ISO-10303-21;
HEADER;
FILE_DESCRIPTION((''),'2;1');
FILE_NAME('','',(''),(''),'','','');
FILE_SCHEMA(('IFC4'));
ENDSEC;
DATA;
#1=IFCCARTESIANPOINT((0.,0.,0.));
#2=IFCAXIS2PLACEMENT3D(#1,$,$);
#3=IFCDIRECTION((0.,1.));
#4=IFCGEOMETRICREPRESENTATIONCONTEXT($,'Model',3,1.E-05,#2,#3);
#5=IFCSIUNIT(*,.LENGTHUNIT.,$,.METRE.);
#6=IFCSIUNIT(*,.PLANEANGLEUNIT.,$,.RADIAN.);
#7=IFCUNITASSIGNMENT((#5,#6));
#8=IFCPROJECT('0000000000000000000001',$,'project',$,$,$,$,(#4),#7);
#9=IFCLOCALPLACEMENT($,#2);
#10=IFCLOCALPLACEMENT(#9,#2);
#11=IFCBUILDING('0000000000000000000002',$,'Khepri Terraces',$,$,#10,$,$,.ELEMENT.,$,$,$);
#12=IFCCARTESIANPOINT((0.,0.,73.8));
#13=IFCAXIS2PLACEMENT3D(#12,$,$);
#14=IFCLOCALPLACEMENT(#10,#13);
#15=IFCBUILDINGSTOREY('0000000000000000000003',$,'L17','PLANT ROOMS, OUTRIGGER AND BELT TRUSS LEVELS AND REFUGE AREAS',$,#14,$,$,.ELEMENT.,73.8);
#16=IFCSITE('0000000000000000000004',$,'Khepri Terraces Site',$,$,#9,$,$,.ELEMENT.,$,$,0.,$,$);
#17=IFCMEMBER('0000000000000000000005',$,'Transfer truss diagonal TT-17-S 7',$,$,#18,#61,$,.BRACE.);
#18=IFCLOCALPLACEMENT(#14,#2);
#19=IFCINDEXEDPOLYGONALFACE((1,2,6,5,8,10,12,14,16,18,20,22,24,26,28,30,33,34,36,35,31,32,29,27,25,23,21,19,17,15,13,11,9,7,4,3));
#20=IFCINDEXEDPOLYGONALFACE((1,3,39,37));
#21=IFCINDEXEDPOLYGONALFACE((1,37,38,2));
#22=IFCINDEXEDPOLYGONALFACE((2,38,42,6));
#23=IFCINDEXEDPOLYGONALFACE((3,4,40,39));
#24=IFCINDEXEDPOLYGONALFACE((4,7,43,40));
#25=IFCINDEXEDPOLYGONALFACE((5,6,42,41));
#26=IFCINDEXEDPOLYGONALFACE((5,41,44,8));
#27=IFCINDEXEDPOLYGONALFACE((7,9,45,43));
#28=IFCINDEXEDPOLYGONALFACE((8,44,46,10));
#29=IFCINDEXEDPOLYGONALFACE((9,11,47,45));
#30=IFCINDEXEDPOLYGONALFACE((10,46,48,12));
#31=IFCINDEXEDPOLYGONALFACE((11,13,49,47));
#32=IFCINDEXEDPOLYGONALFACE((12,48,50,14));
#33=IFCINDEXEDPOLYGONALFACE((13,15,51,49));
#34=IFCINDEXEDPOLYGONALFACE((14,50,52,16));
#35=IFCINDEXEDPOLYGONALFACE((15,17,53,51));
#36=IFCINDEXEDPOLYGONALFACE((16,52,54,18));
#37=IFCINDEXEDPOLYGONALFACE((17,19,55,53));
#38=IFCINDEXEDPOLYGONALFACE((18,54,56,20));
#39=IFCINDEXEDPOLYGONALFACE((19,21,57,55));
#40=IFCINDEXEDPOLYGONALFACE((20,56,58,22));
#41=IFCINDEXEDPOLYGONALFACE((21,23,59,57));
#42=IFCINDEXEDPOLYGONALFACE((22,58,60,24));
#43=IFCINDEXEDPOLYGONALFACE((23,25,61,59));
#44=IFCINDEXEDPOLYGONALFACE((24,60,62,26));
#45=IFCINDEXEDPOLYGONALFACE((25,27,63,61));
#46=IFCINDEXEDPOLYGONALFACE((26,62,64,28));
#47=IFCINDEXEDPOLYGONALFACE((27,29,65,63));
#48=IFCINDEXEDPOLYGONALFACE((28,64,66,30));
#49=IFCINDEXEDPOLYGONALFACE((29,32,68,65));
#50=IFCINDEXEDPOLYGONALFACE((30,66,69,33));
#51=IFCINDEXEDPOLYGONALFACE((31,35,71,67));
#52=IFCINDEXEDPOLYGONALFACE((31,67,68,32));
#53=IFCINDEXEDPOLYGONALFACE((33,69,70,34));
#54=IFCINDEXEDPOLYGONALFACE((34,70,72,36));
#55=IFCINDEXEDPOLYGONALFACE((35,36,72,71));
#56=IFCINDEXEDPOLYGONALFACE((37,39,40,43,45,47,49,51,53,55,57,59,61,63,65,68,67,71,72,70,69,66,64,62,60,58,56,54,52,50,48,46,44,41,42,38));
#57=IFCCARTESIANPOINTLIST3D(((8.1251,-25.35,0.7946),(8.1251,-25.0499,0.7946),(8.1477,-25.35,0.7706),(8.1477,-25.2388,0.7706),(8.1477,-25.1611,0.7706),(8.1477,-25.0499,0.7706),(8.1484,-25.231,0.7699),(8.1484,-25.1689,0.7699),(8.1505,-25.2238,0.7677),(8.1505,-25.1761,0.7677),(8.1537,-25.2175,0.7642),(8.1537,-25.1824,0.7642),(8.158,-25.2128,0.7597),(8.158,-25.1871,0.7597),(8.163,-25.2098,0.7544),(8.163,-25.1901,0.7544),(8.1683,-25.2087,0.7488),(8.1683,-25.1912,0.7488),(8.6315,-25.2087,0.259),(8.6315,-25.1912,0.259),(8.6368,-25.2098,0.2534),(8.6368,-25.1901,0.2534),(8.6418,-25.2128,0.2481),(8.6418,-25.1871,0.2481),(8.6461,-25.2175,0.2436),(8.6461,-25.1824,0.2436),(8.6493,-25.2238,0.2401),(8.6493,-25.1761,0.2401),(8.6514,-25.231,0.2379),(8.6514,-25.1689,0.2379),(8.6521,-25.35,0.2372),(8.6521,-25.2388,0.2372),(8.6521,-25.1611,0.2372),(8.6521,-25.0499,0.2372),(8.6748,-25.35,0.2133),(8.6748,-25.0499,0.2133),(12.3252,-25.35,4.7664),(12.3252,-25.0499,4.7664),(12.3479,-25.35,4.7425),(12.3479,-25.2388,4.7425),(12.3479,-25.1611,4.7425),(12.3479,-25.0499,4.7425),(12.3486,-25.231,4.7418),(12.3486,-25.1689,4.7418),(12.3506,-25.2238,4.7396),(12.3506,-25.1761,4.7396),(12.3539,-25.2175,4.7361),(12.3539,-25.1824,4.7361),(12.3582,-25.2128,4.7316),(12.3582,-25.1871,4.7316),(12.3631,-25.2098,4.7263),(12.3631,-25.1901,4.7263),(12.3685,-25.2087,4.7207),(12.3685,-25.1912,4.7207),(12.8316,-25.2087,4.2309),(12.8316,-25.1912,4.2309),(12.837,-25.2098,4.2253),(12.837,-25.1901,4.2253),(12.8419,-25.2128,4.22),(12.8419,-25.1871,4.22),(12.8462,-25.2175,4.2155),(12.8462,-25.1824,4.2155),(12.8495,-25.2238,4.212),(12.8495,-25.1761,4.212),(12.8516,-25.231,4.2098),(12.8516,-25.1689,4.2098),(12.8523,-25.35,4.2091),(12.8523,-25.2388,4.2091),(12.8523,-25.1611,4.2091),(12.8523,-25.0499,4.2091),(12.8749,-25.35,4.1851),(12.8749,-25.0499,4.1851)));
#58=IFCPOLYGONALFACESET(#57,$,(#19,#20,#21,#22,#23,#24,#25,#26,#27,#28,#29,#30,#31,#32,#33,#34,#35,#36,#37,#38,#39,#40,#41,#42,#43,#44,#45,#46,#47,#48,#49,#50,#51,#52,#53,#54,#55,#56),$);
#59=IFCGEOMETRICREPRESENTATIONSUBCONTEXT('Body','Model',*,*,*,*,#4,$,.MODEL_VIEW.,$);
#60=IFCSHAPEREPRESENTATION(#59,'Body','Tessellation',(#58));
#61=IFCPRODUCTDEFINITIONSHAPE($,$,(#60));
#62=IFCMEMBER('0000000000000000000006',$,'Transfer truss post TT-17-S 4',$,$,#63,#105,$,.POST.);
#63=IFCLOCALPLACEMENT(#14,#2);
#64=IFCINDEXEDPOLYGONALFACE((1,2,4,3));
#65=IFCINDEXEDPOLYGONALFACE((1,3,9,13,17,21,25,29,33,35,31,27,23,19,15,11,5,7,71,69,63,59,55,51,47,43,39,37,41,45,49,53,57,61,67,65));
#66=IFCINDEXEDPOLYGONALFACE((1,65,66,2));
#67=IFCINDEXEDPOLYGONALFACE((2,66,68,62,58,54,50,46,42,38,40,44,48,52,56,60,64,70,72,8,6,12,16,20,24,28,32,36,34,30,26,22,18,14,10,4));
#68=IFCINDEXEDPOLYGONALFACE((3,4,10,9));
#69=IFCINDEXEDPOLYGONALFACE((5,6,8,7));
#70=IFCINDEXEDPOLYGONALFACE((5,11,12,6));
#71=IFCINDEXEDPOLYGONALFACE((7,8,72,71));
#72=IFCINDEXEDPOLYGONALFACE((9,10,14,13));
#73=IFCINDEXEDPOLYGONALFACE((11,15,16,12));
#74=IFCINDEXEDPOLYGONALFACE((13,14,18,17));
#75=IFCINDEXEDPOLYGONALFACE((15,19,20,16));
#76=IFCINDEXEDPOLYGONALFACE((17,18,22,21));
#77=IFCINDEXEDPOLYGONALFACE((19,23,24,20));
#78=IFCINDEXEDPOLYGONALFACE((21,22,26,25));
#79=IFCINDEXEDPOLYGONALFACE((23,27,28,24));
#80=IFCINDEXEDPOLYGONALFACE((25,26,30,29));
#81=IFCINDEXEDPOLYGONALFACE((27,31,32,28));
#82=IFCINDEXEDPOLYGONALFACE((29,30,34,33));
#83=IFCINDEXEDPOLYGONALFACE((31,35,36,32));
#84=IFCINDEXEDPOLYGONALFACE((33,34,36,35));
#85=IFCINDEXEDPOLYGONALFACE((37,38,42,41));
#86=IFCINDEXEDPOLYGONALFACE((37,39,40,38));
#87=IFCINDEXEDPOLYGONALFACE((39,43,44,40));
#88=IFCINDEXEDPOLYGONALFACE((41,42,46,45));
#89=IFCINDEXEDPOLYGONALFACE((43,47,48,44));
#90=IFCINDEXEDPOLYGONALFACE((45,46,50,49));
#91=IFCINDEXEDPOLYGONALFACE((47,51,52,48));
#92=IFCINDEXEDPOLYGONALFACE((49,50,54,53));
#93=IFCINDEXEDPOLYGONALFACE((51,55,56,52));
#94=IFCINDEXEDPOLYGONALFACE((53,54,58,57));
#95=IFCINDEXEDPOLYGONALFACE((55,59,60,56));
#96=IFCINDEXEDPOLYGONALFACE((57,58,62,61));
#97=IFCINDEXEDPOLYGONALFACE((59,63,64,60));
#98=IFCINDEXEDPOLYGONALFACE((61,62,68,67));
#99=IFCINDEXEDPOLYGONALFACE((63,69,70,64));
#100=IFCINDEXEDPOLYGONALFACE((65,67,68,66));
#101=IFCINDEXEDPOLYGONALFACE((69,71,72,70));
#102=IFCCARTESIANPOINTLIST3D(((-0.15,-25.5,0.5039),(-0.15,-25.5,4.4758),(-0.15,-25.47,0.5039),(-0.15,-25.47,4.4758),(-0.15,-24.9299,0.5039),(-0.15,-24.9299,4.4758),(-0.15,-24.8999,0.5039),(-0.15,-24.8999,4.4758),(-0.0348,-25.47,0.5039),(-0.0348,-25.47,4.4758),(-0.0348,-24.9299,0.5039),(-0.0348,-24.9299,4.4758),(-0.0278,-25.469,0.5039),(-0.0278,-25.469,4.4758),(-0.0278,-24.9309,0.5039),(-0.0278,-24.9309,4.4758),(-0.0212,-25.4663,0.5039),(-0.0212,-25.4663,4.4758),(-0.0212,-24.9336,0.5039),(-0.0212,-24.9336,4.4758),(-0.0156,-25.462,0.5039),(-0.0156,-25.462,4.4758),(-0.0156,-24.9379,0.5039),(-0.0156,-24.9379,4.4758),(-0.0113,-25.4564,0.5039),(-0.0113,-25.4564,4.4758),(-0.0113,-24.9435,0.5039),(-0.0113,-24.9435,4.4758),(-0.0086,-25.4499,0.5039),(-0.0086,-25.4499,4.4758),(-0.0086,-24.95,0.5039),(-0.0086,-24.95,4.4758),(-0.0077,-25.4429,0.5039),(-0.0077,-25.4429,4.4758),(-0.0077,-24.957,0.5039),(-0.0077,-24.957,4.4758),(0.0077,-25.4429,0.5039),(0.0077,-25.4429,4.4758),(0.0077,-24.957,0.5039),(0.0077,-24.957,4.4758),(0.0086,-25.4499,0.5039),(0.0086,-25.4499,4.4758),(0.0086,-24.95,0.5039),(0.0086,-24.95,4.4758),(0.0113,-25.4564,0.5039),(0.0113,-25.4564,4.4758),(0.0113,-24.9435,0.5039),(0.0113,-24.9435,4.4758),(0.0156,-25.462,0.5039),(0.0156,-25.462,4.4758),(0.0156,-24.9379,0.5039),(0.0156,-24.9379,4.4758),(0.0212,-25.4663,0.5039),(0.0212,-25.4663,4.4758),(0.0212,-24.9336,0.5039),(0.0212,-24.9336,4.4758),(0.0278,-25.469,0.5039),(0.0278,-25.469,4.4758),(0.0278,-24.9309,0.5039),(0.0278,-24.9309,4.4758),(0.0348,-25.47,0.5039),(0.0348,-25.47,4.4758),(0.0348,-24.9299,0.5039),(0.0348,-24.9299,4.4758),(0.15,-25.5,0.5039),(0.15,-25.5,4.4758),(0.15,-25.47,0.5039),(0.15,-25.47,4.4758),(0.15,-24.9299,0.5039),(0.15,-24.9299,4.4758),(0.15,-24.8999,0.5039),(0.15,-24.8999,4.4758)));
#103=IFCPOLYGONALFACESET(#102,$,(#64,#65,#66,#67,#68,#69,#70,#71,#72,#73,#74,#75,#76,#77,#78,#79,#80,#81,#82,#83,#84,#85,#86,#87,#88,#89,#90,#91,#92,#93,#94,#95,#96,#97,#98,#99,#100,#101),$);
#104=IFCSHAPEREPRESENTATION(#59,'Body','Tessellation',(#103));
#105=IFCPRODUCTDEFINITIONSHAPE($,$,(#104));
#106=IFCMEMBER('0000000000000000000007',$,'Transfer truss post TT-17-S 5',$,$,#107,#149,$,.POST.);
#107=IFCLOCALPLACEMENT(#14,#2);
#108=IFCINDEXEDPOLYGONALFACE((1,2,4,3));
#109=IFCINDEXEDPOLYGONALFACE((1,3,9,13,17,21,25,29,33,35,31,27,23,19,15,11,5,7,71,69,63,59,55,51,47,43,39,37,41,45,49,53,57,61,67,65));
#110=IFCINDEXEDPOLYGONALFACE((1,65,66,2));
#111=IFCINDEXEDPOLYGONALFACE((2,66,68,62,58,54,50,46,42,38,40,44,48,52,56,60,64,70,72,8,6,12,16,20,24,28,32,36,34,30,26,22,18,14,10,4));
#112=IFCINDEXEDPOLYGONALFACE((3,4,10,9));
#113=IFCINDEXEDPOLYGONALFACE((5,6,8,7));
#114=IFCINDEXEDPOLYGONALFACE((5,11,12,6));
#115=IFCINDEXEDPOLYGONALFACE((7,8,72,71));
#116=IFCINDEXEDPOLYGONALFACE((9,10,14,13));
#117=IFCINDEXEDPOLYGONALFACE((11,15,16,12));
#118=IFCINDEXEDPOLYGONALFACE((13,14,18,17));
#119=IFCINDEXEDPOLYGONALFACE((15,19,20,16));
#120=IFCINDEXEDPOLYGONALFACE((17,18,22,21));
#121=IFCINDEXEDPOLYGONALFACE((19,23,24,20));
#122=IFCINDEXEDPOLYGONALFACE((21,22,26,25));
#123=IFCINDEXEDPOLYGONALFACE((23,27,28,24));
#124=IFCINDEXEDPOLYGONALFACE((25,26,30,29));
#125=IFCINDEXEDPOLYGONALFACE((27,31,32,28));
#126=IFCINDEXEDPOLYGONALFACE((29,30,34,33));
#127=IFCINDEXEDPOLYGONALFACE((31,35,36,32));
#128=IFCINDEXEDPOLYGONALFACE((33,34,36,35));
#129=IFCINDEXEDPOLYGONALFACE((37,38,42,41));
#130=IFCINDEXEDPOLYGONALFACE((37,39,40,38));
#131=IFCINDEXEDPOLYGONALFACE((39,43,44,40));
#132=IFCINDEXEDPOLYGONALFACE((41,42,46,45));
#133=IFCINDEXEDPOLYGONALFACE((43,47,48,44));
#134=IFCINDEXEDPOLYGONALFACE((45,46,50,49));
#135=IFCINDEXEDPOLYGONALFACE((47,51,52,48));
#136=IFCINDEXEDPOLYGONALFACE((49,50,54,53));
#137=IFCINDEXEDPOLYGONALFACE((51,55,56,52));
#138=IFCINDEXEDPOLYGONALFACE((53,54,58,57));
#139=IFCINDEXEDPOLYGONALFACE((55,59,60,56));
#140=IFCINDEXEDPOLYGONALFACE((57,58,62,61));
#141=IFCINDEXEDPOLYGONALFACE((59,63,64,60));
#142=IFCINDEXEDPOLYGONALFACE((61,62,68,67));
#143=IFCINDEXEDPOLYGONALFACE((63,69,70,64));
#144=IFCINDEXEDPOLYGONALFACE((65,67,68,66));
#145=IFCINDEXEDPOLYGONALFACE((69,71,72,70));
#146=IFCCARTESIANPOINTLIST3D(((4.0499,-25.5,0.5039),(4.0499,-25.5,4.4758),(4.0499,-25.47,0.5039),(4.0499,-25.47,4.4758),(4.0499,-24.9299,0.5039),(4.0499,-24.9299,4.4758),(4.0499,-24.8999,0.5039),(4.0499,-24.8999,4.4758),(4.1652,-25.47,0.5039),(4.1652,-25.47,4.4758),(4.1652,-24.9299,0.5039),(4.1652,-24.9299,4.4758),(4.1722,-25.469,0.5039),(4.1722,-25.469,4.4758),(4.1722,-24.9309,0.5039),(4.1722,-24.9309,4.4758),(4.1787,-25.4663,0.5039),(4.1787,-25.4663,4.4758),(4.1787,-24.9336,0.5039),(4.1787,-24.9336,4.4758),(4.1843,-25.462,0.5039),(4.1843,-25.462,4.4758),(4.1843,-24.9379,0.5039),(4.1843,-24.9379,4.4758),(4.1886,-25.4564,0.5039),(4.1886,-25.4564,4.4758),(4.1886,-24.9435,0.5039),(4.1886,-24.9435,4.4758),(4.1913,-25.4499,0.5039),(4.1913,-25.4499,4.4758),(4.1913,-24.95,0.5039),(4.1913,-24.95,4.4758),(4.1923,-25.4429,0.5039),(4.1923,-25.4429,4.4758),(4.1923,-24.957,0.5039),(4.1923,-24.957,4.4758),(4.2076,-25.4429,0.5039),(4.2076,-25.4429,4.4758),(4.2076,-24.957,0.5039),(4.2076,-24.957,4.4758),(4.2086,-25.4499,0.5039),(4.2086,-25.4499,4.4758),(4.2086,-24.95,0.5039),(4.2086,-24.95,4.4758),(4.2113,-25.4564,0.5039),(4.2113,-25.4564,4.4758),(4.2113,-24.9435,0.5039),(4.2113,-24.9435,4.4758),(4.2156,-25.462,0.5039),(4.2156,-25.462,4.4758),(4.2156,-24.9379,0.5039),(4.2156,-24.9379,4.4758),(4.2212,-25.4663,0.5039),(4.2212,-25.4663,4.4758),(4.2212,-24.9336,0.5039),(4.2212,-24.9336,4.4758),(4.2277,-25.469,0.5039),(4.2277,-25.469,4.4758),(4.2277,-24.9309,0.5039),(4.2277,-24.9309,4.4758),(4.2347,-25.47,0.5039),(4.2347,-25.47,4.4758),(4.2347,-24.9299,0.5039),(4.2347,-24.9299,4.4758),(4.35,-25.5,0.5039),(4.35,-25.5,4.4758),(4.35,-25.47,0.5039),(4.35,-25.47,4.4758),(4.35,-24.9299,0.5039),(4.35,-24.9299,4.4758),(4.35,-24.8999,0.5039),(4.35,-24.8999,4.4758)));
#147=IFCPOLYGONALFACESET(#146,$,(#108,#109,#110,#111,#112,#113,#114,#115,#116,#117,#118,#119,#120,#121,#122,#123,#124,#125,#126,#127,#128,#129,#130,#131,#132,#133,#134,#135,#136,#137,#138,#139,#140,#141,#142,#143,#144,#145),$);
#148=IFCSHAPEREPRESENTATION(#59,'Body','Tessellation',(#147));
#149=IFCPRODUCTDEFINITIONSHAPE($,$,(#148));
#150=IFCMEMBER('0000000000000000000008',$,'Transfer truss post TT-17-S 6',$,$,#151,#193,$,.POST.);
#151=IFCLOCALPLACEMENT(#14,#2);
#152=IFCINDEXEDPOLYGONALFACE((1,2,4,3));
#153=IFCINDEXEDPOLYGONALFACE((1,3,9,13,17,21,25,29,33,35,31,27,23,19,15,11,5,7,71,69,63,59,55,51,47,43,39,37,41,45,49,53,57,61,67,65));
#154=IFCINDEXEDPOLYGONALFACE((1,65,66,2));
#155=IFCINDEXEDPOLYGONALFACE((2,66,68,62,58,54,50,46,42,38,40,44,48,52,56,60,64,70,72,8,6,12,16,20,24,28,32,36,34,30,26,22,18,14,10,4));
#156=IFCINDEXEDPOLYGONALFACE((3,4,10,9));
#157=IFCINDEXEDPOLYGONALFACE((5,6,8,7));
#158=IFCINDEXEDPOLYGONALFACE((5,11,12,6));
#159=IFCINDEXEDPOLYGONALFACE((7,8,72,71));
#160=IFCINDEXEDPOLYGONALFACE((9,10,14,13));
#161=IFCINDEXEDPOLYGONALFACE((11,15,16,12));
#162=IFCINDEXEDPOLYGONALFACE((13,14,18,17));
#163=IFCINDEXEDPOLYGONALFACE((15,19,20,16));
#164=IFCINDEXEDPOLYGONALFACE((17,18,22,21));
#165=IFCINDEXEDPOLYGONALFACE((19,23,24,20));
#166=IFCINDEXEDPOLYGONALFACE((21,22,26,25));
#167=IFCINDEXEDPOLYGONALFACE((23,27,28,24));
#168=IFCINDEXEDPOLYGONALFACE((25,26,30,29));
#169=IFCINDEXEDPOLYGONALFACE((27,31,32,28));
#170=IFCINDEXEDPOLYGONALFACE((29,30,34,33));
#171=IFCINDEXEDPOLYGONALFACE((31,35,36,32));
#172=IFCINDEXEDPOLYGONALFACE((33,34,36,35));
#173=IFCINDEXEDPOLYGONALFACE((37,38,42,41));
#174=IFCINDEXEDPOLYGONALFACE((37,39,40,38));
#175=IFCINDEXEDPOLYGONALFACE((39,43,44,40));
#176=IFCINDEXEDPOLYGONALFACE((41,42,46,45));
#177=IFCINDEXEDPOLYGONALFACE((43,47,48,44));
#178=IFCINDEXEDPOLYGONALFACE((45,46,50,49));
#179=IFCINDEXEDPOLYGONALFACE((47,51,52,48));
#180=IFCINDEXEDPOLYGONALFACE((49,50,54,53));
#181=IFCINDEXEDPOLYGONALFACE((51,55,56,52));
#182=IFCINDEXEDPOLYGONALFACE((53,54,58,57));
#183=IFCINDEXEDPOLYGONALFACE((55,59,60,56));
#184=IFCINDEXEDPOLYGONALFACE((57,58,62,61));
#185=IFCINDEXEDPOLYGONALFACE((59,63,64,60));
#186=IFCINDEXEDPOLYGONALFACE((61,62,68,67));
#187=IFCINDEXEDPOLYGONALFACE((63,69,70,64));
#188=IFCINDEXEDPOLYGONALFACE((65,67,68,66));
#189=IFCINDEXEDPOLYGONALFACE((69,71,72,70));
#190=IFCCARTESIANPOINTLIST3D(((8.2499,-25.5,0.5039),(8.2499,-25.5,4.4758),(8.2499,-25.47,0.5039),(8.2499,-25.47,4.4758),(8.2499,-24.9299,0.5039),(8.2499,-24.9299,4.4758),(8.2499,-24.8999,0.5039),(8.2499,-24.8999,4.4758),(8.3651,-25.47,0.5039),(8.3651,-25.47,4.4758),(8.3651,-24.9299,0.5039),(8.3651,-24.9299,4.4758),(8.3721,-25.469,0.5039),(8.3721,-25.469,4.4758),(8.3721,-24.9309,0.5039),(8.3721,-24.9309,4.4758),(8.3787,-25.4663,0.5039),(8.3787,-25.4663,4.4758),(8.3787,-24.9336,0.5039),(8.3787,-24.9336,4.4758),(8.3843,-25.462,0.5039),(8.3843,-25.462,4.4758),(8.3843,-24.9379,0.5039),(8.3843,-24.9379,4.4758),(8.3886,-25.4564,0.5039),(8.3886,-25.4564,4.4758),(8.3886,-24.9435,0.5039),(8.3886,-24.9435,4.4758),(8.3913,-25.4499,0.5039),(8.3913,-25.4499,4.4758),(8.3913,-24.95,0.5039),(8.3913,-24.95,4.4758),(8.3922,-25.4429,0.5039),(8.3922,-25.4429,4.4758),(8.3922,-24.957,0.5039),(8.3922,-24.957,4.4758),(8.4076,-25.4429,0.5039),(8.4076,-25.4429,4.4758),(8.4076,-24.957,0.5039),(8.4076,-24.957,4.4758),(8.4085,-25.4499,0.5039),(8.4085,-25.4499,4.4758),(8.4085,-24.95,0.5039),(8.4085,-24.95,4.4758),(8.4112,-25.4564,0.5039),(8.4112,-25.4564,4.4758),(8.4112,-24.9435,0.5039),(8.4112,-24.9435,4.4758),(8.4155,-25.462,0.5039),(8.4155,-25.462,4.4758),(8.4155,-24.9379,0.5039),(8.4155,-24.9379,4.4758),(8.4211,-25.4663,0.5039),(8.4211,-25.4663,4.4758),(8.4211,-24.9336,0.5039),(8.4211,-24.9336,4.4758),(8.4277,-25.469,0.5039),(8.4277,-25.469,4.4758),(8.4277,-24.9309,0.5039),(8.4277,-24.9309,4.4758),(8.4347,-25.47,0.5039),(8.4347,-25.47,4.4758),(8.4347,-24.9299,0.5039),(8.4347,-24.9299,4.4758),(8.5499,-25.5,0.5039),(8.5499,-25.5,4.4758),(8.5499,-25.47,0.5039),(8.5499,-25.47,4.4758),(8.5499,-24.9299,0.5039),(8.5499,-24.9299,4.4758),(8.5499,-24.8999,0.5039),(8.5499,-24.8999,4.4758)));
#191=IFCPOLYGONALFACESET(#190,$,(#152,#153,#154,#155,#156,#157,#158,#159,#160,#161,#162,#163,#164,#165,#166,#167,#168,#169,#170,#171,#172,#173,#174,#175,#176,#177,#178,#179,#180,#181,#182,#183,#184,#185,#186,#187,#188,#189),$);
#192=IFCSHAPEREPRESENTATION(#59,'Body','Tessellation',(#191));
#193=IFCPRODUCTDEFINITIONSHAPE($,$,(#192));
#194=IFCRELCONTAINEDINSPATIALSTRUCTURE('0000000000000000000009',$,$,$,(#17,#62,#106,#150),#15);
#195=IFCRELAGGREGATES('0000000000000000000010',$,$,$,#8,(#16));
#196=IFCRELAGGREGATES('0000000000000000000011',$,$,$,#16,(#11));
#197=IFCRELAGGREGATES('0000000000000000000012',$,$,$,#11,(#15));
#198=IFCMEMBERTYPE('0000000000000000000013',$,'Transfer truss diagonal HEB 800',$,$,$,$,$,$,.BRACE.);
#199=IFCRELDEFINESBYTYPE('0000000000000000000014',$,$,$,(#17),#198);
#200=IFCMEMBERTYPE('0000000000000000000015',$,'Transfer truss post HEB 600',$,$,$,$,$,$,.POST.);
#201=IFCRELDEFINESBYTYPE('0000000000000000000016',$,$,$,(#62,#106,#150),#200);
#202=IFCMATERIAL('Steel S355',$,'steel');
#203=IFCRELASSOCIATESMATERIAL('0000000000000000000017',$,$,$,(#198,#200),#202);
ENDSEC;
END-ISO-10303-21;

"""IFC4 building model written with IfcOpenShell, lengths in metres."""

from ifc_helpers import new_model, si_unit, direction, frame, origin, origin_2d, place, context, subcontext, project, spatial, i_section, extrude, material, material_profile, profile_set, type_object, element, save


model = new_model("IFC4")

# Units and contexts
model_context = context("Model", 3, precision=1e-05, world=origin(), true_north=direction((0.0, 1.0)))
body_context = subcontext(model_context, "Body", "Model", "MODEL_VIEW")
ifc_project = project(units=[si_unit("LENGTHUNIT", "METRE"), si_unit("PLANEANGLEUNIT", "RADIAN")], contexts=[model_context])

# Site, building, storey
site_placement = place(None, origin())
site = spatial("IfcSite", under=ifc_project, at=site_placement, Name="Khepri Terraces Site", CompositionType="ELEMENT", RefElevation=0.0)
building_placement = place(site_placement, origin())
building = spatial("IfcBuilding", under=site, at=building_placement, Name="Khepri Terraces", CompositionType="ELEMENT")
storey_placement = place(building_placement, frame((0.0, 0.0, 73.8)))
storey = spatial("IfcBuildingStorey", under=building, at=storey_placement, Name="L17", Description="PLANT ROOMS, OUTRIGGER AND BELT TRUSS LEVELS AND REFUGE AREAS", CompositionType="ELEMENT", Elevation=73.8)

# Members
ifc_material_1 = material(Name="Steel S355", Category="steel")
ifc_material_profile_1 = material_profile(ifc_material_1, i_section(OverallWidth=0.3, OverallDepth=0.8, WebThickness=0.0176, FlangeThickness=0.033, FilletRadius=0.03, at=origin_2d()), Name="Steel S355", Category="steel")
ifc_profile_set_1 = profile_set([ifc_material_profile_1], Name="Steel S355")
member_type_1 = type_object("IfcMemberType", Name="Transfer truss diagonal HEB 800", PredefinedType="BRACE", material=ifc_profile_set_1)
member_1_placement = place(storey_placement, frame((8.3999, -25.2, 0.5039), z_axis=(0.726575, 0.0, 0.687087), x_axis=(0.0, 1.0, 0.0)))
element("IfcMember", 1, at=member_1_placement, inside=storey, type_object=member_type_1, Name="Transfer truss diagonal TT-17-S 7", PredefinedType="BRACE", context=body_context, shape_type="SweptSolid", body=[
    extrude(i_section(OverallWidth=0.3, OverallDepth=0.8, WebThickness=0.0176, FlangeThickness=0.033, FilletRadius=0.03, at=origin_2d()), origin(), (0.0, 0.0, 1.0), 5.7808),
])
ifc_material_profile_2 = material_profile(ifc_material_1, i_section(OverallWidth=0.3, OverallDepth=0.6001, WebThickness=0.0154, FlangeThickness=0.03, FilletRadius=0.0271, at=origin_2d()), Name="Steel S355", Category="steel")
ifc_profile_set_2 = profile_set([ifc_material_profile_2], Name="Steel S355")
member_type_2 = type_object("IfcMemberType", Name="Transfer truss post HEB 600", PredefinedType="POST", material=ifc_profile_set_2)
for number, where, z_axis, x_axis, name in (
    (2, (0.0, -25.2, 0.5039), (0.0, 0.0, 1.0), (1.0, 0.0, 0.0), "Transfer truss post TT-17-S 4"),
    (3, (4.2, -25.2, 0.5039), (0.0, 0.0, 1.0), (1.0, 0.0, 0.0), "Transfer truss post TT-17-S 5"),
    (4, (8.3999, -25.2, 0.5039), (0.0, 0.0, 1.0), (1.0, 0.0, 0.0), "Transfer truss post TT-17-S 6"),
):
    element("IfcMember", number, at=place(storey_placement, frame(where, z_axis=z_axis, x_axis=x_axis)), inside=storey, type_object=member_type_2, Name=name, PredefinedType="POST", context=body_context, shape_type="SweptSolid", body=[
        extrude(i_section(OverallWidth=0.3, OverallDepth=0.6001, WebThickness=0.0154, FlangeThickness=0.03, FilletRadius=0.0271, at=origin_2d()), origin(), (0.0, 0.0, 1.0), 3.9719),
    ])

save(model, "model.ifc")
